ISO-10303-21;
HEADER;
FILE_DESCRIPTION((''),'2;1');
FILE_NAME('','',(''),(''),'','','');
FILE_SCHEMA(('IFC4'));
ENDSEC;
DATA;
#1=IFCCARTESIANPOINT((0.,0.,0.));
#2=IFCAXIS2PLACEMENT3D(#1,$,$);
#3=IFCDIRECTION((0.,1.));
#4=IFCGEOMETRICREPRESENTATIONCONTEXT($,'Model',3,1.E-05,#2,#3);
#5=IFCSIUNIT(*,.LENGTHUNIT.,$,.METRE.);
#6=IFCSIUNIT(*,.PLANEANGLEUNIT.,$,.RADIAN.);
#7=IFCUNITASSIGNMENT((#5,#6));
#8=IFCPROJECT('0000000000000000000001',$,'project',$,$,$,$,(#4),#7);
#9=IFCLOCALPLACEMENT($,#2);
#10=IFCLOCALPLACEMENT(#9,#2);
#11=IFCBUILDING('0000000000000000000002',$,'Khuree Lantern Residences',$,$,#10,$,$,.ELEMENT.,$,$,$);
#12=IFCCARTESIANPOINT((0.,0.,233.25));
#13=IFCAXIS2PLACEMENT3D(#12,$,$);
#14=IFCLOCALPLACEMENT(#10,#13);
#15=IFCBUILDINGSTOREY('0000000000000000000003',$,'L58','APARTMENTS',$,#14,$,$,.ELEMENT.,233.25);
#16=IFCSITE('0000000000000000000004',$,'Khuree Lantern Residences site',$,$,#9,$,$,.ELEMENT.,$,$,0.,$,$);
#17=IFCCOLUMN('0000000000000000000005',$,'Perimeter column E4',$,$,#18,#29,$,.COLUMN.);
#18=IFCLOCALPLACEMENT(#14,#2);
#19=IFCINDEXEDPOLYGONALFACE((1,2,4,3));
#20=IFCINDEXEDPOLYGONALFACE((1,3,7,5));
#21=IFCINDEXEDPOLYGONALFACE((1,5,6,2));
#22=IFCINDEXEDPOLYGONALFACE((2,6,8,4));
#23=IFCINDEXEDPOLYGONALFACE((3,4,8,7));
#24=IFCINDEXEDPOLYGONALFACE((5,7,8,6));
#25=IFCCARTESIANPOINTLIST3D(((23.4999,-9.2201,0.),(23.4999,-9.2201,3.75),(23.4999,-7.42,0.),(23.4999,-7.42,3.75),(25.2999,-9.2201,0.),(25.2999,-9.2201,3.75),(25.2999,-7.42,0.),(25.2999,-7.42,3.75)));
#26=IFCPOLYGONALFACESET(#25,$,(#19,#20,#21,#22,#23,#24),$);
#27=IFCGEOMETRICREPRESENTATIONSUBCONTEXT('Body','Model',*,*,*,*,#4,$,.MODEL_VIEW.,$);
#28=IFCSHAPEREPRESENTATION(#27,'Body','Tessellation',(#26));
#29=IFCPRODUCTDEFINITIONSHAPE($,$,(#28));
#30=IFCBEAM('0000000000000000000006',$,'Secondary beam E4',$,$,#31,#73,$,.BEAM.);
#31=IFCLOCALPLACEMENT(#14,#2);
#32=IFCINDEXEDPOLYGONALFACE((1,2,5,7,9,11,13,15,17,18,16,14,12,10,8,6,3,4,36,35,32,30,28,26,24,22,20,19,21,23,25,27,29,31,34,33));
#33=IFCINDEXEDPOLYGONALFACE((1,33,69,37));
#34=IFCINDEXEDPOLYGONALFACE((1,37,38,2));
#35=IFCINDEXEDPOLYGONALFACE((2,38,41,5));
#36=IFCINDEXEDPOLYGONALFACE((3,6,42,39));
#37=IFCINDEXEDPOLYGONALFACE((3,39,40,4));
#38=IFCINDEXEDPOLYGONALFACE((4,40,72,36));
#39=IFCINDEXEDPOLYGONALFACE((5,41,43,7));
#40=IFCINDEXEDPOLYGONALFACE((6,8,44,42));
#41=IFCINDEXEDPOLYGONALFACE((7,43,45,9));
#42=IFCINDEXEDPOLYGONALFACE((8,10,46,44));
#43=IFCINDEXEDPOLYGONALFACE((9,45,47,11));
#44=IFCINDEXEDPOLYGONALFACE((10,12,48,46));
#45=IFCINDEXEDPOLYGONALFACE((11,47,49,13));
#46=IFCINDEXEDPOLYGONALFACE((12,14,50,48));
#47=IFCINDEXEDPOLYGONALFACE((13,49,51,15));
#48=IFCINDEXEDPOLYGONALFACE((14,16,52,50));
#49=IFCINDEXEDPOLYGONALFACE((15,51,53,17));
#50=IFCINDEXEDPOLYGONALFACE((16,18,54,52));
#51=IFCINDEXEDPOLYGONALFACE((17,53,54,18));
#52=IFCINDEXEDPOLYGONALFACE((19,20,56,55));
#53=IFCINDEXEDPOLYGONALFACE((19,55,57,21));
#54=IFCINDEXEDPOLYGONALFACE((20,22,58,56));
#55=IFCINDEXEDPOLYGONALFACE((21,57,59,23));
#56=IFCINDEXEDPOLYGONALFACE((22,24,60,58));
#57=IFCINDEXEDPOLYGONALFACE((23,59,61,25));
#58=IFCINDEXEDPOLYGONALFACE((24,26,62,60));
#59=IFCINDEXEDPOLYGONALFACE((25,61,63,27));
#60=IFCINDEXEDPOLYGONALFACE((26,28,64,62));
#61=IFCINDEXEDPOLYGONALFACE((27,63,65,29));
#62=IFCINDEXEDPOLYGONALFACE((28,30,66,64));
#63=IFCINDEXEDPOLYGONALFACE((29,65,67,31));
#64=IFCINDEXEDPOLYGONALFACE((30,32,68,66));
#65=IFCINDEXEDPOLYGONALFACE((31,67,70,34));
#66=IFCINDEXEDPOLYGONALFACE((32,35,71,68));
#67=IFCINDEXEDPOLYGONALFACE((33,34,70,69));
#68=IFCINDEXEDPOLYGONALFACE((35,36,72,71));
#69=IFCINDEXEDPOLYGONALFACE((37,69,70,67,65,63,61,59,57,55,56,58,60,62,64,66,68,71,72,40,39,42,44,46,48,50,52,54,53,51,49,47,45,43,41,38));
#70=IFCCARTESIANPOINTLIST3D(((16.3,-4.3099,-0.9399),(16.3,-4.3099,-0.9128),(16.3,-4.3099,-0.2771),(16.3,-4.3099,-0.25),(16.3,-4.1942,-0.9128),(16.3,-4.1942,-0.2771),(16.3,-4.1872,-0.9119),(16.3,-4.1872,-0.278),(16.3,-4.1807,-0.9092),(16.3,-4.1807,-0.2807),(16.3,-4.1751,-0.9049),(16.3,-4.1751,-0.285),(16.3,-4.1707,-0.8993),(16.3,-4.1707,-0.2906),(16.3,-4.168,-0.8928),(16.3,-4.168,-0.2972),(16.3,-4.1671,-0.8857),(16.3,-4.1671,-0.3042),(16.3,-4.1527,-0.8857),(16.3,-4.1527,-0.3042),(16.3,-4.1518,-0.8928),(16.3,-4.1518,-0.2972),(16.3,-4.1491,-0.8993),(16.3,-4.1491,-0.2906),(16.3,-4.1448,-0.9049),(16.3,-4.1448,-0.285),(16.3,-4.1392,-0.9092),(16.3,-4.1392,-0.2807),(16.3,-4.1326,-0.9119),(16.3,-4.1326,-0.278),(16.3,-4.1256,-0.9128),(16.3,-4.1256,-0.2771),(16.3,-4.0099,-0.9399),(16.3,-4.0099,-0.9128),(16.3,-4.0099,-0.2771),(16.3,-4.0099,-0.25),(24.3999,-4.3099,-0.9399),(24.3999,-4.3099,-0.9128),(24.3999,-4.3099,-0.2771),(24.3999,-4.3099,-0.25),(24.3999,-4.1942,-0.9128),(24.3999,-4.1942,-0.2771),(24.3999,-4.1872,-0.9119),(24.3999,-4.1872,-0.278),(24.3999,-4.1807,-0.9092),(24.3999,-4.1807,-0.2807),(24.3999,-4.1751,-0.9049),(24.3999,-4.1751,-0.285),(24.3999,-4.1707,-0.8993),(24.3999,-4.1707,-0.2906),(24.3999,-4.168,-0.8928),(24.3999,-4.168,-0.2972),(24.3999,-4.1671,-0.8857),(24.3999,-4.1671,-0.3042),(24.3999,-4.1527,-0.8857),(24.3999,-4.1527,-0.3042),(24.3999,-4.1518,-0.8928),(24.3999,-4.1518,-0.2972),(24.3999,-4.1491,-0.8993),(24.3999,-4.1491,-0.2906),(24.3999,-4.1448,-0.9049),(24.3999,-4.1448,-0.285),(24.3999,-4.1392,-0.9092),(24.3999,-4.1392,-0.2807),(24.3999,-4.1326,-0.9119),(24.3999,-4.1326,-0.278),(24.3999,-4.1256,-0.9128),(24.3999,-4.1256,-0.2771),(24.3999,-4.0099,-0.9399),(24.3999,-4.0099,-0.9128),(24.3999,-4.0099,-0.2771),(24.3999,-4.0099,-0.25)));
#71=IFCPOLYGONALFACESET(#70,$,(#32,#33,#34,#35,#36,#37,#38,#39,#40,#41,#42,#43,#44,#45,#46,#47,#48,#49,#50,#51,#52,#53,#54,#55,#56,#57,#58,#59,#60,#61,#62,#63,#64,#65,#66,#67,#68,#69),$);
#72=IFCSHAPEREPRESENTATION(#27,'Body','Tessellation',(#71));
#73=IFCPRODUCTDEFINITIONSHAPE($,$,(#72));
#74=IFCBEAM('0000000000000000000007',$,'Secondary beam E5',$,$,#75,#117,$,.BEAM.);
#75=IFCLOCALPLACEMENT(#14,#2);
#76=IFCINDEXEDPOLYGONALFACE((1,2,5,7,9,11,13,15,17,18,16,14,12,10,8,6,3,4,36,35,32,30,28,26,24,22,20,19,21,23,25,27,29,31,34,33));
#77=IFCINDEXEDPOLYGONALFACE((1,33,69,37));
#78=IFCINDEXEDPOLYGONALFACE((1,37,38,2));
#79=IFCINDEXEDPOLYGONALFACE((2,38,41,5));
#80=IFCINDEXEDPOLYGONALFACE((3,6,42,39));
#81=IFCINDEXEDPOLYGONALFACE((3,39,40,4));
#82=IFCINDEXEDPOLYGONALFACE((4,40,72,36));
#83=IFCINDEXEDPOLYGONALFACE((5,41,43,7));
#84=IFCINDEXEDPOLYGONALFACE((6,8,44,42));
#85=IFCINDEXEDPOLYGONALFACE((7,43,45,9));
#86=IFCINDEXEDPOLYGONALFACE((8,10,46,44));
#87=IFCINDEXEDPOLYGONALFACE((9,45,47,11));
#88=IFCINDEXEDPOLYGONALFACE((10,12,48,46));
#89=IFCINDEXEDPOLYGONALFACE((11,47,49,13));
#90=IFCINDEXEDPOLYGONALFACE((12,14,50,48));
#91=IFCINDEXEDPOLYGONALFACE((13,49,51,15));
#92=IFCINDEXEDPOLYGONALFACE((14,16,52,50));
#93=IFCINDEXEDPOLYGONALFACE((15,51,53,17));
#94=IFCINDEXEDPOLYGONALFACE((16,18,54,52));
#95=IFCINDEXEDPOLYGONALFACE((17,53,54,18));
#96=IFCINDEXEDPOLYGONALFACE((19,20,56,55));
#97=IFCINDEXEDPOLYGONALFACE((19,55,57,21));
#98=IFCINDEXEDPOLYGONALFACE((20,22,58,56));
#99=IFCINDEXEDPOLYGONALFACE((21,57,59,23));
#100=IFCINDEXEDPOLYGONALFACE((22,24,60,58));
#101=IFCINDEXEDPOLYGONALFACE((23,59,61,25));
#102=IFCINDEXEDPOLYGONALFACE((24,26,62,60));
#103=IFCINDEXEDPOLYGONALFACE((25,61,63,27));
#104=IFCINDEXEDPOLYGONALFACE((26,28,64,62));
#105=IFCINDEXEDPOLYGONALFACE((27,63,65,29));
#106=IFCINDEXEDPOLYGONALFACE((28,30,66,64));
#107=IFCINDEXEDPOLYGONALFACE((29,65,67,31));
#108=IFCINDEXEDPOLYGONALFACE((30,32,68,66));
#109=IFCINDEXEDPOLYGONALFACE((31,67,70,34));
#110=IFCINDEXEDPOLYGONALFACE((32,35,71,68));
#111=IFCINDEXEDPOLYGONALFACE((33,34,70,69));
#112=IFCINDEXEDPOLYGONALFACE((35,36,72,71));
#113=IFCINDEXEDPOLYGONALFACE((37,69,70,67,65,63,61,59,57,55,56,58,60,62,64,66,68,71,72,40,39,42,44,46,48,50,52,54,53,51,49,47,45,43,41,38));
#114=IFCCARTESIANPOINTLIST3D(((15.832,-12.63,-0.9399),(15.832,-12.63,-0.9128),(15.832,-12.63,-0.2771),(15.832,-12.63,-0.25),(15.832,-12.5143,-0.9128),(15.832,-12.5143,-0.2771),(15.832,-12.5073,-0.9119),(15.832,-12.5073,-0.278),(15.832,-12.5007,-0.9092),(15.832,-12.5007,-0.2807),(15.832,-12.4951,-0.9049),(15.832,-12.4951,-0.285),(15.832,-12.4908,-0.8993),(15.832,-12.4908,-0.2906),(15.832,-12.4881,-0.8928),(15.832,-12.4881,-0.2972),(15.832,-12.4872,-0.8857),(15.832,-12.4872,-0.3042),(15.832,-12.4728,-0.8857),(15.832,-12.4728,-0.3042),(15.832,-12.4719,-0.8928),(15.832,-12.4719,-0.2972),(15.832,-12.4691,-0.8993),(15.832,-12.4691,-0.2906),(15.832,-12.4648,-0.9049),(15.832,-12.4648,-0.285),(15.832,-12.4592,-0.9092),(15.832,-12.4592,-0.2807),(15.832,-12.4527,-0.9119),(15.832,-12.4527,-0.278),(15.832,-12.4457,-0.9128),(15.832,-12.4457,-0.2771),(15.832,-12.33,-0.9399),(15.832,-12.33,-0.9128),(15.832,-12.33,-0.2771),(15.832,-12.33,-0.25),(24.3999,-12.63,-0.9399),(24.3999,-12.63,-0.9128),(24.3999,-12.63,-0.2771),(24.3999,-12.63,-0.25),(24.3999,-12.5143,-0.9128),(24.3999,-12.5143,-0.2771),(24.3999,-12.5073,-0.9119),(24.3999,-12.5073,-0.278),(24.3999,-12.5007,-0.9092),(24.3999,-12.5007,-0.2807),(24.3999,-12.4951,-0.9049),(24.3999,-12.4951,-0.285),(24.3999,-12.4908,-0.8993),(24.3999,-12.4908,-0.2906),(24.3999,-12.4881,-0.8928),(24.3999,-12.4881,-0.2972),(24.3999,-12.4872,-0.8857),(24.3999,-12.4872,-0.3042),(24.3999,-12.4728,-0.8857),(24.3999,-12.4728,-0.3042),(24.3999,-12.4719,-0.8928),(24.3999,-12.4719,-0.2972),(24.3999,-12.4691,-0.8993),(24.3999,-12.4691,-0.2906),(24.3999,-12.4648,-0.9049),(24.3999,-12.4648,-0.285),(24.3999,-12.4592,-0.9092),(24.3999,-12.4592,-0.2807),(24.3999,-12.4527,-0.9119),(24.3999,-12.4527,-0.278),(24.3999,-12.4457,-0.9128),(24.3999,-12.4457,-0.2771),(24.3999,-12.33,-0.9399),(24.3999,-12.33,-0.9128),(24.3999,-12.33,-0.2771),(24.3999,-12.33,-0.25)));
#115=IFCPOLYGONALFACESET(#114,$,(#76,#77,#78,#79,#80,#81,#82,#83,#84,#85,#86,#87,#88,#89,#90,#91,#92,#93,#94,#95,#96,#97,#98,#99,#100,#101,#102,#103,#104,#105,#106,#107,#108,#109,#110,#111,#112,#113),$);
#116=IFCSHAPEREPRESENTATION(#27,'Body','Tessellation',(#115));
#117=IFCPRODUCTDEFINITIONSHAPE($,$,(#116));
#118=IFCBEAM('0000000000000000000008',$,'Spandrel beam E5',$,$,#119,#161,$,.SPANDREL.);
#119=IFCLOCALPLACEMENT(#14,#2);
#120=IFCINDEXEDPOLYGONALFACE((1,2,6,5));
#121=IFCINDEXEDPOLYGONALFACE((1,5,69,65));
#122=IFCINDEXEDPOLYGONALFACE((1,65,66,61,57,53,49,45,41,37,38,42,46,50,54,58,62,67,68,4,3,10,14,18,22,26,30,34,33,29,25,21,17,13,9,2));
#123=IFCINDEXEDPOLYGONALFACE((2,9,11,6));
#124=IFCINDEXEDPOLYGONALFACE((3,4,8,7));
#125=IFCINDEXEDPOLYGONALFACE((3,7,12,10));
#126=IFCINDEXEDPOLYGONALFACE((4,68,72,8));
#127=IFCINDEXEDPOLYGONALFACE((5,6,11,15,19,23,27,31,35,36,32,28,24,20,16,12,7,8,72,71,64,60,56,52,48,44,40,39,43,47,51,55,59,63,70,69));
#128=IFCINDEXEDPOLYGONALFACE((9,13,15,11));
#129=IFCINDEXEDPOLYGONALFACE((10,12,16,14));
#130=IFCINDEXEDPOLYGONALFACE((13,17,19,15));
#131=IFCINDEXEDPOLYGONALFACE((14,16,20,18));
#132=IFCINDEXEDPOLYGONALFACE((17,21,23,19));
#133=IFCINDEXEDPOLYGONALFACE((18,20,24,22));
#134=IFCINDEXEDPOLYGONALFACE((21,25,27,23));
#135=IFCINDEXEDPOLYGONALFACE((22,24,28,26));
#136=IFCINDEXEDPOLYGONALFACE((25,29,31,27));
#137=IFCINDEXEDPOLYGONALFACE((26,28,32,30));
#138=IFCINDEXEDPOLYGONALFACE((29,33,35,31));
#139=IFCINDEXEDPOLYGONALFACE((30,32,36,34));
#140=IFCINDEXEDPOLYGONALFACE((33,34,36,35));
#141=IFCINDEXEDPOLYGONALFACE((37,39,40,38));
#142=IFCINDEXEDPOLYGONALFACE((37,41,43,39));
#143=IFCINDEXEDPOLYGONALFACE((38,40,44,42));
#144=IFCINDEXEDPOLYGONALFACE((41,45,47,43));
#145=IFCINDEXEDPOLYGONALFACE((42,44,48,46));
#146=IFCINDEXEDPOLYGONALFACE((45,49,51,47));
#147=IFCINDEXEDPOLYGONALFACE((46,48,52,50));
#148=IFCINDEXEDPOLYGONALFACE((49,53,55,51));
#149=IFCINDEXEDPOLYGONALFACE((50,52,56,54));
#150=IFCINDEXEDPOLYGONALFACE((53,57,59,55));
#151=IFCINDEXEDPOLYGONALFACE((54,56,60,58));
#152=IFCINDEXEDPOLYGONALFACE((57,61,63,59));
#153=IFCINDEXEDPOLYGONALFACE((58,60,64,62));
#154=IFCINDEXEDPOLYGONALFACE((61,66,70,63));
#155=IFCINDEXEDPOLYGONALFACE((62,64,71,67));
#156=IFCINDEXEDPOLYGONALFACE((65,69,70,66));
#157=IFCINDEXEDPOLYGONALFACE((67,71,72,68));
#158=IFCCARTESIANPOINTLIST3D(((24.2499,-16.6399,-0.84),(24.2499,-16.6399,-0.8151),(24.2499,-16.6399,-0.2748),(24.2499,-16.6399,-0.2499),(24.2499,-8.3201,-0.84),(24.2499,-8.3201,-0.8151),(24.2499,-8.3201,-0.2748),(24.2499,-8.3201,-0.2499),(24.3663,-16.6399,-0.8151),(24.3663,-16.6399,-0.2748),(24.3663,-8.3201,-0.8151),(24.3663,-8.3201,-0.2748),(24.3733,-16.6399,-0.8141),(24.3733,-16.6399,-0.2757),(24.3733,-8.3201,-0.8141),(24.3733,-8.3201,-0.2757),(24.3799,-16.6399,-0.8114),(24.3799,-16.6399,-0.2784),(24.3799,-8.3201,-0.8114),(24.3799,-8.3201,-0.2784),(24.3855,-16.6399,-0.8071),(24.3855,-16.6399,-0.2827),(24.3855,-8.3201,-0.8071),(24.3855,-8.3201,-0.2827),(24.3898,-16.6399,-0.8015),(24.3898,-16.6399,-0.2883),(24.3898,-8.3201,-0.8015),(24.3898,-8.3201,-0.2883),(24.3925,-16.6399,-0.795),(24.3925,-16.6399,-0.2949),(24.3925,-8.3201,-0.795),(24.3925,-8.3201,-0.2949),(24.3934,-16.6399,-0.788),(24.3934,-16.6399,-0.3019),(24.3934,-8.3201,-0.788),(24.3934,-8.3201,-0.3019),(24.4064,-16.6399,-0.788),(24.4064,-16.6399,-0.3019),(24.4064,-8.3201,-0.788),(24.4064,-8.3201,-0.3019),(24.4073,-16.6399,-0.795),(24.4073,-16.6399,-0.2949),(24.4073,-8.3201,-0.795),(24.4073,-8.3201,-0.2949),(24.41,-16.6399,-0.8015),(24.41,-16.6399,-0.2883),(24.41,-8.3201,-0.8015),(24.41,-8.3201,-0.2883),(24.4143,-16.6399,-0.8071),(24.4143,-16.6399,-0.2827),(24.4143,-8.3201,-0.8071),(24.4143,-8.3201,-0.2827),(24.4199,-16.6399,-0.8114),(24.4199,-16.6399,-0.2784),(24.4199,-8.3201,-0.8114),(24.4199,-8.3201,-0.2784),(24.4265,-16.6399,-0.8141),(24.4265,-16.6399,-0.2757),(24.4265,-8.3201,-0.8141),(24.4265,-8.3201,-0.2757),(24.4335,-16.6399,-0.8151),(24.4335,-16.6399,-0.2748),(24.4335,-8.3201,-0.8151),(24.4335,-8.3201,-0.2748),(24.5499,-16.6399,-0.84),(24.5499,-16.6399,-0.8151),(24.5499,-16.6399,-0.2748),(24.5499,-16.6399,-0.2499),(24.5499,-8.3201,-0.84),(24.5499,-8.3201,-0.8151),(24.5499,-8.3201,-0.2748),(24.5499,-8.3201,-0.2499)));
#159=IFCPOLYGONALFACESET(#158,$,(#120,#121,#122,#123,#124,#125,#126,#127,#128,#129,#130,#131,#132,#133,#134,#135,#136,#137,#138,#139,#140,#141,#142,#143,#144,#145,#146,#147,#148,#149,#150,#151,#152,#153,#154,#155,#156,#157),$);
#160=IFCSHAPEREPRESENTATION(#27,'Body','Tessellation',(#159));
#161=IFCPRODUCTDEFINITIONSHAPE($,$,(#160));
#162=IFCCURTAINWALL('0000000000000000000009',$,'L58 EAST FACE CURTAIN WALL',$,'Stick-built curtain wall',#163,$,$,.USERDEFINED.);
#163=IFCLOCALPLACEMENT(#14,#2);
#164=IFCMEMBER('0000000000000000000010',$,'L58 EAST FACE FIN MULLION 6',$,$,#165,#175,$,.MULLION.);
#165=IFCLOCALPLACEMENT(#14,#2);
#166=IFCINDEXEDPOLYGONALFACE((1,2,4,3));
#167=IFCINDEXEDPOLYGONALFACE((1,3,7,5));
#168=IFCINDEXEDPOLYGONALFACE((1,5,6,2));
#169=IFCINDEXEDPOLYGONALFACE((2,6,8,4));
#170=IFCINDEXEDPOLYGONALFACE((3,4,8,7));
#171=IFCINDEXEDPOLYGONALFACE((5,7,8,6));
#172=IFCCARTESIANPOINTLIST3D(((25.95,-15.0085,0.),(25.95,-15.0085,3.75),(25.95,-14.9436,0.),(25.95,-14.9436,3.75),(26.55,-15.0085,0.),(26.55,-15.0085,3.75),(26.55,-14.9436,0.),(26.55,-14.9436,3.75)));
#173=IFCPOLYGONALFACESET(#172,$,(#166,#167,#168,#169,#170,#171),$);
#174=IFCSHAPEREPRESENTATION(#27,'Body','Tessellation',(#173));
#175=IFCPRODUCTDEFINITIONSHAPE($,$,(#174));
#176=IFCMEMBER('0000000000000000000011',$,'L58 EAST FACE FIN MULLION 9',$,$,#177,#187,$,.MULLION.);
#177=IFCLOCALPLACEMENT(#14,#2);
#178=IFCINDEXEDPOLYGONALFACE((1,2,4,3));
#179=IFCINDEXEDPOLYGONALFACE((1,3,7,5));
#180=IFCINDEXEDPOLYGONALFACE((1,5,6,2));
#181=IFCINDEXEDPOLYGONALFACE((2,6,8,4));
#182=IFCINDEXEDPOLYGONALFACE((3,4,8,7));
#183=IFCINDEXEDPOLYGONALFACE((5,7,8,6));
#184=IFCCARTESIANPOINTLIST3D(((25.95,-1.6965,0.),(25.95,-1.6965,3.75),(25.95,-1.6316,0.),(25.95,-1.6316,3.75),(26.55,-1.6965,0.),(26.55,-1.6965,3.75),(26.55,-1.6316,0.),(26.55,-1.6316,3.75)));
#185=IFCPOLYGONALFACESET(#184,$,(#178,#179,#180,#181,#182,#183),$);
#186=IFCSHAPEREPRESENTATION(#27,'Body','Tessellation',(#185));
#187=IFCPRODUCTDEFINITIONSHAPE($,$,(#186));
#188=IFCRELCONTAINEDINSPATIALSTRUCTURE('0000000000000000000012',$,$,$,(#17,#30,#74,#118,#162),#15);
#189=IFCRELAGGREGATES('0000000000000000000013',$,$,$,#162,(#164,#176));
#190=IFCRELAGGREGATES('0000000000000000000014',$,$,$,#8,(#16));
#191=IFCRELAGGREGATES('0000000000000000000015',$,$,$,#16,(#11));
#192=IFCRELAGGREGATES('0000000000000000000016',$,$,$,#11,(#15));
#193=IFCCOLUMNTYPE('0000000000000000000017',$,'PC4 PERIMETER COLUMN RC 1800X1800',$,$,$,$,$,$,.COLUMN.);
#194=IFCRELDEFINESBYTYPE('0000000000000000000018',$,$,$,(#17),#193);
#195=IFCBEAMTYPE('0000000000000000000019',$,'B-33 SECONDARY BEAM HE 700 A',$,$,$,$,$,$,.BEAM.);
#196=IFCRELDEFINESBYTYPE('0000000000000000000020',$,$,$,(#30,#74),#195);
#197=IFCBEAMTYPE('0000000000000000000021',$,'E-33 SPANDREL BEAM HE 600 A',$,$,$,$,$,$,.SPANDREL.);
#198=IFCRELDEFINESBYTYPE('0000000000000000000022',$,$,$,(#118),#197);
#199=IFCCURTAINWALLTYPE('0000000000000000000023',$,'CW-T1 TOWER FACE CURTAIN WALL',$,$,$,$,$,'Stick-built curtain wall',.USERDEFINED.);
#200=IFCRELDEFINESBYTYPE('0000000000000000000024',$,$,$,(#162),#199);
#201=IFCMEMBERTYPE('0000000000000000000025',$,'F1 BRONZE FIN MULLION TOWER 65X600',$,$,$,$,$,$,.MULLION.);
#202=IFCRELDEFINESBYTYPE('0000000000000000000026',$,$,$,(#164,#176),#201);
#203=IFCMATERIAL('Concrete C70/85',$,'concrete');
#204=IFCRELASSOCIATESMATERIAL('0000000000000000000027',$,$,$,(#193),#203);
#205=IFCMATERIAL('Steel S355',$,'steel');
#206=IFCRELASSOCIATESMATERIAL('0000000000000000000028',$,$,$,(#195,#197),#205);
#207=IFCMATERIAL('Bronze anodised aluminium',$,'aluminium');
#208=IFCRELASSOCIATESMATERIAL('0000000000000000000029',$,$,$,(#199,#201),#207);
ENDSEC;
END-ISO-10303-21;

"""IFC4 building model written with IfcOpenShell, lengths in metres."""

from ifc_helpers import new_model, si_unit, direction, frame, origin, origin_2d, place, context, subcontext, project, spatial, rectangle, i_section, extrude, material, material_profile, profile_set, type_object, element, aggregate, save


model = new_model("IFC4")

# Units and contexts
model_context = context("Model", 3, precision=1e-05, world=origin(), true_north=direction((0.0, 1.0)))
body_context = subcontext(model_context, "Body", "Model", "MODEL_VIEW")
ifc_project = project(units=[si_unit("LENGTHUNIT", "METRE"), si_unit("PLANEANGLEUNIT", "RADIAN")], contexts=[model_context])

# Site, building, storey
site_placement = place(None, origin())
site = spatial("IfcSite", under=ifc_project, at=site_placement, Name="Khuree Lantern Residences site", CompositionType="ELEMENT", RefElevation=0.0)
building_placement = place(site_placement, origin())
building = spatial("IfcBuilding", under=site, at=building_placement, Name="Khuree Lantern Residences", CompositionType="ELEMENT")
storey_placement = place(building_placement, frame((0.0, 0.0, 233.25)))
storey = spatial("IfcBuildingStorey", under=building, at=storey_placement, Name="L58", Description="APARTMENTS", CompositionType="ELEMENT", Elevation=233.25)

# Column
ifc_material_1 = material(Name="Concrete C70/85", Category="concrete")
ifc_material_profile_1 = material_profile(ifc_material_1, rectangle(XDim=1.8, YDim=1.8, at=origin_2d()), Name="RC 1800X1800")
ifc_profile_set_1 = profile_set([ifc_material_profile_1], Name="Concrete C70/85")
column_type = type_object("IfcColumnType", Name="PC4 PERIMETER COLUMN RC 1800X1800", PredefinedType="COLUMN", material=ifc_profile_set_1)
column_placement = place(storey_placement, frame((24.3999, -8.3201, 0.0), z_axis=(0.0, 0.0, 1.0), x_axis=(0.0, 1.0, 0.0)))
element("IfcColumn", 1, at=column_placement, inside=storey, type_object=column_type, Name="Perimeter column E4", PredefinedType="COLUMN", context=body_context, shape_type="SweptSolid", body=[
    extrude(rectangle(XDim=1.8, YDim=1.8, at=origin_2d()), origin(), (0.0, 0.0, 1.0), 3.75),
])

# Beams
ifc_material_2 = material(Name="Steel S355", Category="steel")
ifc_material_profile_2 = material_profile(ifc_material_2, i_section(OverallWidth=0.3, OverallDepth=0.6899, WebThickness=0.0144, FlangeThickness=0.0271, FilletRadius=0.0271, at=origin_2d()), Name="HE 700 A")
ifc_profile_set_2 = profile_set([ifc_material_profile_2], Name="Steel S355")
beam_type_1 = type_object("IfcBeamType", Name="B-33 SECONDARY BEAM HE 700 A", PredefinedType="BEAM", material=ifc_profile_set_2)
beam_1_placement = place(storey_placement, frame((24.3999, -4.1599, -0.595), z_axis=(-1.0, 0.0, 0.0), x_axis=(0.0, -1.0, 0.0)))
element("IfcBeam", 2, at=beam_1_placement, inside=storey, type_object=beam_type_1, Name="Secondary beam E4", PredefinedType="BEAM", context=body_context, shape_type="SweptSolid", body=[
    extrude(i_section(OverallWidth=0.3, OverallDepth=0.6899, WebThickness=0.0144, FlangeThickness=0.0271, FilletRadius=0.0271, at=origin_2d()), origin(), (0.0, 0.0, 1.0), 8.0999),
])
beam_2_placement = place(storey_placement, frame((24.3999, -12.48, -0.595), z_axis=(-1.0, 0.0, 0.0), x_axis=(0.0, -1.0, 0.0)))
element("IfcBeam", 3, at=beam_2_placement, inside=storey, type_object=beam_type_1, Name="Secondary beam E5", PredefinedType="BEAM", context=body_context, shape_type="SweptSolid", body=[
    extrude(i_section(OverallWidth=0.3, OverallDepth=0.6899, WebThickness=0.0144, FlangeThickness=0.0271, FilletRadius=0.0271, at=origin_2d()), origin(), (0.0, 0.0, 1.0), 8.5679),
])
ifc_material_profile_3 = material_profile(ifc_material_2, i_section(OverallWidth=0.3, OverallDepth=0.5901, WebThickness=0.0129, FlangeThickness=0.0249, FilletRadius=0.0271, at=origin_2d()), Name="HE 600 A")
ifc_profile_set_3 = profile_set([ifc_material_profile_3], Name="Steel S355")
beam_type_2 = type_object("IfcBeamType", Name="E-33 SPANDREL BEAM HE 600 A", PredefinedType="SPANDREL", material=ifc_profile_set_3)
beam_3_placement = place(storey_placement, frame((24.3999, -8.3201, -0.5449), z_axis=(0.0, -1.0, 0.0), x_axis=(1.0, 0.0, 0.0)))
element("IfcBeam", 4, at=beam_3_placement, inside=storey, type_object=beam_type_2, Name="Spandrel beam E5", PredefinedType="SPANDREL", context=body_context, shape_type="SweptSolid", body=[
    extrude(i_section(OverallWidth=0.3, OverallDepth=0.5901, WebThickness=0.0129, FlangeThickness=0.0249, FilletRadius=0.0271, at=origin_2d()), origin(), (0.0, 0.0, 1.0), 8.3198),
])

# Curtain wall, members
ifc_material_3 = material(Name="Bronze anodised aluminium", Category="aluminium")
curtain_wall_type = type_object("IfcCurtainWallType", Name="CW-T1 TOWER FACE CURTAIN WALL", ElementType="Stick-built curtain wall", PredefinedType="USERDEFINED", material=ifc_material_3)
curtain_wall_placement = place(storey_placement, origin())
curtain_wall = element("IfcCurtainWall", 5, at=curtain_wall_placement, inside=storey, type_object=curtain_wall_type, Name="L58 EAST FACE CURTAIN WALL", ObjectType="Stick-built curtain wall", PredefinedType="USERDEFINED")
ifc_material_profile_4 = material_profile(ifc_material_3, rectangle(XDim=0.0649, YDim=0.6001, at=origin_2d()), Name="F1 65X600")
ifc_profile_set_4 = profile_set([ifc_material_profile_4], Name="Bronze anodised aluminium")
member_type_1 = type_object("IfcMemberType", Name="F1 BRONZE FIN MULLION TOWER 65X600", PredefinedType="MULLION", material=ifc_profile_set_4)
member_1_placement = place(storey_placement, frame((26.25, -14.9761, 0.0), z_axis=(0.0, 0.0, 1.0), x_axis=(0.0, 1.0, 0.0)))
member_1 = element("IfcMember", 6, at=member_1_placement, type_object=member_type_1, Name="L58 EAST FACE FIN MULLION 6", PredefinedType="MULLION", context=body_context, shape_type="SweptSolid", body=[
    extrude(rectangle(XDim=0.0649, YDim=0.6001, at=origin_2d()), origin(), (0.0, 0.0, 1.0), 3.75),
])
member_2_placement = place(storey_placement, frame((26.25, -1.6641, 0.0), z_axis=(0.0, 0.0, 1.0), x_axis=(0.0, 1.0, 0.0)))
member_2 = element("IfcMember", 7, at=member_2_placement, type_object=member_type_1, Name="L58 EAST FACE FIN MULLION 9", PredefinedType="MULLION", context=body_context, shape_type="SweptSolid", body=[
    extrude(rectangle(XDim=0.0649, YDim=0.6001, at=origin_2d()), origin(), (0.0, 0.0, 1.0), 3.75),
])

aggregate(curtain_wall, [member_1, member_2])

save(model, "model.ifc")
